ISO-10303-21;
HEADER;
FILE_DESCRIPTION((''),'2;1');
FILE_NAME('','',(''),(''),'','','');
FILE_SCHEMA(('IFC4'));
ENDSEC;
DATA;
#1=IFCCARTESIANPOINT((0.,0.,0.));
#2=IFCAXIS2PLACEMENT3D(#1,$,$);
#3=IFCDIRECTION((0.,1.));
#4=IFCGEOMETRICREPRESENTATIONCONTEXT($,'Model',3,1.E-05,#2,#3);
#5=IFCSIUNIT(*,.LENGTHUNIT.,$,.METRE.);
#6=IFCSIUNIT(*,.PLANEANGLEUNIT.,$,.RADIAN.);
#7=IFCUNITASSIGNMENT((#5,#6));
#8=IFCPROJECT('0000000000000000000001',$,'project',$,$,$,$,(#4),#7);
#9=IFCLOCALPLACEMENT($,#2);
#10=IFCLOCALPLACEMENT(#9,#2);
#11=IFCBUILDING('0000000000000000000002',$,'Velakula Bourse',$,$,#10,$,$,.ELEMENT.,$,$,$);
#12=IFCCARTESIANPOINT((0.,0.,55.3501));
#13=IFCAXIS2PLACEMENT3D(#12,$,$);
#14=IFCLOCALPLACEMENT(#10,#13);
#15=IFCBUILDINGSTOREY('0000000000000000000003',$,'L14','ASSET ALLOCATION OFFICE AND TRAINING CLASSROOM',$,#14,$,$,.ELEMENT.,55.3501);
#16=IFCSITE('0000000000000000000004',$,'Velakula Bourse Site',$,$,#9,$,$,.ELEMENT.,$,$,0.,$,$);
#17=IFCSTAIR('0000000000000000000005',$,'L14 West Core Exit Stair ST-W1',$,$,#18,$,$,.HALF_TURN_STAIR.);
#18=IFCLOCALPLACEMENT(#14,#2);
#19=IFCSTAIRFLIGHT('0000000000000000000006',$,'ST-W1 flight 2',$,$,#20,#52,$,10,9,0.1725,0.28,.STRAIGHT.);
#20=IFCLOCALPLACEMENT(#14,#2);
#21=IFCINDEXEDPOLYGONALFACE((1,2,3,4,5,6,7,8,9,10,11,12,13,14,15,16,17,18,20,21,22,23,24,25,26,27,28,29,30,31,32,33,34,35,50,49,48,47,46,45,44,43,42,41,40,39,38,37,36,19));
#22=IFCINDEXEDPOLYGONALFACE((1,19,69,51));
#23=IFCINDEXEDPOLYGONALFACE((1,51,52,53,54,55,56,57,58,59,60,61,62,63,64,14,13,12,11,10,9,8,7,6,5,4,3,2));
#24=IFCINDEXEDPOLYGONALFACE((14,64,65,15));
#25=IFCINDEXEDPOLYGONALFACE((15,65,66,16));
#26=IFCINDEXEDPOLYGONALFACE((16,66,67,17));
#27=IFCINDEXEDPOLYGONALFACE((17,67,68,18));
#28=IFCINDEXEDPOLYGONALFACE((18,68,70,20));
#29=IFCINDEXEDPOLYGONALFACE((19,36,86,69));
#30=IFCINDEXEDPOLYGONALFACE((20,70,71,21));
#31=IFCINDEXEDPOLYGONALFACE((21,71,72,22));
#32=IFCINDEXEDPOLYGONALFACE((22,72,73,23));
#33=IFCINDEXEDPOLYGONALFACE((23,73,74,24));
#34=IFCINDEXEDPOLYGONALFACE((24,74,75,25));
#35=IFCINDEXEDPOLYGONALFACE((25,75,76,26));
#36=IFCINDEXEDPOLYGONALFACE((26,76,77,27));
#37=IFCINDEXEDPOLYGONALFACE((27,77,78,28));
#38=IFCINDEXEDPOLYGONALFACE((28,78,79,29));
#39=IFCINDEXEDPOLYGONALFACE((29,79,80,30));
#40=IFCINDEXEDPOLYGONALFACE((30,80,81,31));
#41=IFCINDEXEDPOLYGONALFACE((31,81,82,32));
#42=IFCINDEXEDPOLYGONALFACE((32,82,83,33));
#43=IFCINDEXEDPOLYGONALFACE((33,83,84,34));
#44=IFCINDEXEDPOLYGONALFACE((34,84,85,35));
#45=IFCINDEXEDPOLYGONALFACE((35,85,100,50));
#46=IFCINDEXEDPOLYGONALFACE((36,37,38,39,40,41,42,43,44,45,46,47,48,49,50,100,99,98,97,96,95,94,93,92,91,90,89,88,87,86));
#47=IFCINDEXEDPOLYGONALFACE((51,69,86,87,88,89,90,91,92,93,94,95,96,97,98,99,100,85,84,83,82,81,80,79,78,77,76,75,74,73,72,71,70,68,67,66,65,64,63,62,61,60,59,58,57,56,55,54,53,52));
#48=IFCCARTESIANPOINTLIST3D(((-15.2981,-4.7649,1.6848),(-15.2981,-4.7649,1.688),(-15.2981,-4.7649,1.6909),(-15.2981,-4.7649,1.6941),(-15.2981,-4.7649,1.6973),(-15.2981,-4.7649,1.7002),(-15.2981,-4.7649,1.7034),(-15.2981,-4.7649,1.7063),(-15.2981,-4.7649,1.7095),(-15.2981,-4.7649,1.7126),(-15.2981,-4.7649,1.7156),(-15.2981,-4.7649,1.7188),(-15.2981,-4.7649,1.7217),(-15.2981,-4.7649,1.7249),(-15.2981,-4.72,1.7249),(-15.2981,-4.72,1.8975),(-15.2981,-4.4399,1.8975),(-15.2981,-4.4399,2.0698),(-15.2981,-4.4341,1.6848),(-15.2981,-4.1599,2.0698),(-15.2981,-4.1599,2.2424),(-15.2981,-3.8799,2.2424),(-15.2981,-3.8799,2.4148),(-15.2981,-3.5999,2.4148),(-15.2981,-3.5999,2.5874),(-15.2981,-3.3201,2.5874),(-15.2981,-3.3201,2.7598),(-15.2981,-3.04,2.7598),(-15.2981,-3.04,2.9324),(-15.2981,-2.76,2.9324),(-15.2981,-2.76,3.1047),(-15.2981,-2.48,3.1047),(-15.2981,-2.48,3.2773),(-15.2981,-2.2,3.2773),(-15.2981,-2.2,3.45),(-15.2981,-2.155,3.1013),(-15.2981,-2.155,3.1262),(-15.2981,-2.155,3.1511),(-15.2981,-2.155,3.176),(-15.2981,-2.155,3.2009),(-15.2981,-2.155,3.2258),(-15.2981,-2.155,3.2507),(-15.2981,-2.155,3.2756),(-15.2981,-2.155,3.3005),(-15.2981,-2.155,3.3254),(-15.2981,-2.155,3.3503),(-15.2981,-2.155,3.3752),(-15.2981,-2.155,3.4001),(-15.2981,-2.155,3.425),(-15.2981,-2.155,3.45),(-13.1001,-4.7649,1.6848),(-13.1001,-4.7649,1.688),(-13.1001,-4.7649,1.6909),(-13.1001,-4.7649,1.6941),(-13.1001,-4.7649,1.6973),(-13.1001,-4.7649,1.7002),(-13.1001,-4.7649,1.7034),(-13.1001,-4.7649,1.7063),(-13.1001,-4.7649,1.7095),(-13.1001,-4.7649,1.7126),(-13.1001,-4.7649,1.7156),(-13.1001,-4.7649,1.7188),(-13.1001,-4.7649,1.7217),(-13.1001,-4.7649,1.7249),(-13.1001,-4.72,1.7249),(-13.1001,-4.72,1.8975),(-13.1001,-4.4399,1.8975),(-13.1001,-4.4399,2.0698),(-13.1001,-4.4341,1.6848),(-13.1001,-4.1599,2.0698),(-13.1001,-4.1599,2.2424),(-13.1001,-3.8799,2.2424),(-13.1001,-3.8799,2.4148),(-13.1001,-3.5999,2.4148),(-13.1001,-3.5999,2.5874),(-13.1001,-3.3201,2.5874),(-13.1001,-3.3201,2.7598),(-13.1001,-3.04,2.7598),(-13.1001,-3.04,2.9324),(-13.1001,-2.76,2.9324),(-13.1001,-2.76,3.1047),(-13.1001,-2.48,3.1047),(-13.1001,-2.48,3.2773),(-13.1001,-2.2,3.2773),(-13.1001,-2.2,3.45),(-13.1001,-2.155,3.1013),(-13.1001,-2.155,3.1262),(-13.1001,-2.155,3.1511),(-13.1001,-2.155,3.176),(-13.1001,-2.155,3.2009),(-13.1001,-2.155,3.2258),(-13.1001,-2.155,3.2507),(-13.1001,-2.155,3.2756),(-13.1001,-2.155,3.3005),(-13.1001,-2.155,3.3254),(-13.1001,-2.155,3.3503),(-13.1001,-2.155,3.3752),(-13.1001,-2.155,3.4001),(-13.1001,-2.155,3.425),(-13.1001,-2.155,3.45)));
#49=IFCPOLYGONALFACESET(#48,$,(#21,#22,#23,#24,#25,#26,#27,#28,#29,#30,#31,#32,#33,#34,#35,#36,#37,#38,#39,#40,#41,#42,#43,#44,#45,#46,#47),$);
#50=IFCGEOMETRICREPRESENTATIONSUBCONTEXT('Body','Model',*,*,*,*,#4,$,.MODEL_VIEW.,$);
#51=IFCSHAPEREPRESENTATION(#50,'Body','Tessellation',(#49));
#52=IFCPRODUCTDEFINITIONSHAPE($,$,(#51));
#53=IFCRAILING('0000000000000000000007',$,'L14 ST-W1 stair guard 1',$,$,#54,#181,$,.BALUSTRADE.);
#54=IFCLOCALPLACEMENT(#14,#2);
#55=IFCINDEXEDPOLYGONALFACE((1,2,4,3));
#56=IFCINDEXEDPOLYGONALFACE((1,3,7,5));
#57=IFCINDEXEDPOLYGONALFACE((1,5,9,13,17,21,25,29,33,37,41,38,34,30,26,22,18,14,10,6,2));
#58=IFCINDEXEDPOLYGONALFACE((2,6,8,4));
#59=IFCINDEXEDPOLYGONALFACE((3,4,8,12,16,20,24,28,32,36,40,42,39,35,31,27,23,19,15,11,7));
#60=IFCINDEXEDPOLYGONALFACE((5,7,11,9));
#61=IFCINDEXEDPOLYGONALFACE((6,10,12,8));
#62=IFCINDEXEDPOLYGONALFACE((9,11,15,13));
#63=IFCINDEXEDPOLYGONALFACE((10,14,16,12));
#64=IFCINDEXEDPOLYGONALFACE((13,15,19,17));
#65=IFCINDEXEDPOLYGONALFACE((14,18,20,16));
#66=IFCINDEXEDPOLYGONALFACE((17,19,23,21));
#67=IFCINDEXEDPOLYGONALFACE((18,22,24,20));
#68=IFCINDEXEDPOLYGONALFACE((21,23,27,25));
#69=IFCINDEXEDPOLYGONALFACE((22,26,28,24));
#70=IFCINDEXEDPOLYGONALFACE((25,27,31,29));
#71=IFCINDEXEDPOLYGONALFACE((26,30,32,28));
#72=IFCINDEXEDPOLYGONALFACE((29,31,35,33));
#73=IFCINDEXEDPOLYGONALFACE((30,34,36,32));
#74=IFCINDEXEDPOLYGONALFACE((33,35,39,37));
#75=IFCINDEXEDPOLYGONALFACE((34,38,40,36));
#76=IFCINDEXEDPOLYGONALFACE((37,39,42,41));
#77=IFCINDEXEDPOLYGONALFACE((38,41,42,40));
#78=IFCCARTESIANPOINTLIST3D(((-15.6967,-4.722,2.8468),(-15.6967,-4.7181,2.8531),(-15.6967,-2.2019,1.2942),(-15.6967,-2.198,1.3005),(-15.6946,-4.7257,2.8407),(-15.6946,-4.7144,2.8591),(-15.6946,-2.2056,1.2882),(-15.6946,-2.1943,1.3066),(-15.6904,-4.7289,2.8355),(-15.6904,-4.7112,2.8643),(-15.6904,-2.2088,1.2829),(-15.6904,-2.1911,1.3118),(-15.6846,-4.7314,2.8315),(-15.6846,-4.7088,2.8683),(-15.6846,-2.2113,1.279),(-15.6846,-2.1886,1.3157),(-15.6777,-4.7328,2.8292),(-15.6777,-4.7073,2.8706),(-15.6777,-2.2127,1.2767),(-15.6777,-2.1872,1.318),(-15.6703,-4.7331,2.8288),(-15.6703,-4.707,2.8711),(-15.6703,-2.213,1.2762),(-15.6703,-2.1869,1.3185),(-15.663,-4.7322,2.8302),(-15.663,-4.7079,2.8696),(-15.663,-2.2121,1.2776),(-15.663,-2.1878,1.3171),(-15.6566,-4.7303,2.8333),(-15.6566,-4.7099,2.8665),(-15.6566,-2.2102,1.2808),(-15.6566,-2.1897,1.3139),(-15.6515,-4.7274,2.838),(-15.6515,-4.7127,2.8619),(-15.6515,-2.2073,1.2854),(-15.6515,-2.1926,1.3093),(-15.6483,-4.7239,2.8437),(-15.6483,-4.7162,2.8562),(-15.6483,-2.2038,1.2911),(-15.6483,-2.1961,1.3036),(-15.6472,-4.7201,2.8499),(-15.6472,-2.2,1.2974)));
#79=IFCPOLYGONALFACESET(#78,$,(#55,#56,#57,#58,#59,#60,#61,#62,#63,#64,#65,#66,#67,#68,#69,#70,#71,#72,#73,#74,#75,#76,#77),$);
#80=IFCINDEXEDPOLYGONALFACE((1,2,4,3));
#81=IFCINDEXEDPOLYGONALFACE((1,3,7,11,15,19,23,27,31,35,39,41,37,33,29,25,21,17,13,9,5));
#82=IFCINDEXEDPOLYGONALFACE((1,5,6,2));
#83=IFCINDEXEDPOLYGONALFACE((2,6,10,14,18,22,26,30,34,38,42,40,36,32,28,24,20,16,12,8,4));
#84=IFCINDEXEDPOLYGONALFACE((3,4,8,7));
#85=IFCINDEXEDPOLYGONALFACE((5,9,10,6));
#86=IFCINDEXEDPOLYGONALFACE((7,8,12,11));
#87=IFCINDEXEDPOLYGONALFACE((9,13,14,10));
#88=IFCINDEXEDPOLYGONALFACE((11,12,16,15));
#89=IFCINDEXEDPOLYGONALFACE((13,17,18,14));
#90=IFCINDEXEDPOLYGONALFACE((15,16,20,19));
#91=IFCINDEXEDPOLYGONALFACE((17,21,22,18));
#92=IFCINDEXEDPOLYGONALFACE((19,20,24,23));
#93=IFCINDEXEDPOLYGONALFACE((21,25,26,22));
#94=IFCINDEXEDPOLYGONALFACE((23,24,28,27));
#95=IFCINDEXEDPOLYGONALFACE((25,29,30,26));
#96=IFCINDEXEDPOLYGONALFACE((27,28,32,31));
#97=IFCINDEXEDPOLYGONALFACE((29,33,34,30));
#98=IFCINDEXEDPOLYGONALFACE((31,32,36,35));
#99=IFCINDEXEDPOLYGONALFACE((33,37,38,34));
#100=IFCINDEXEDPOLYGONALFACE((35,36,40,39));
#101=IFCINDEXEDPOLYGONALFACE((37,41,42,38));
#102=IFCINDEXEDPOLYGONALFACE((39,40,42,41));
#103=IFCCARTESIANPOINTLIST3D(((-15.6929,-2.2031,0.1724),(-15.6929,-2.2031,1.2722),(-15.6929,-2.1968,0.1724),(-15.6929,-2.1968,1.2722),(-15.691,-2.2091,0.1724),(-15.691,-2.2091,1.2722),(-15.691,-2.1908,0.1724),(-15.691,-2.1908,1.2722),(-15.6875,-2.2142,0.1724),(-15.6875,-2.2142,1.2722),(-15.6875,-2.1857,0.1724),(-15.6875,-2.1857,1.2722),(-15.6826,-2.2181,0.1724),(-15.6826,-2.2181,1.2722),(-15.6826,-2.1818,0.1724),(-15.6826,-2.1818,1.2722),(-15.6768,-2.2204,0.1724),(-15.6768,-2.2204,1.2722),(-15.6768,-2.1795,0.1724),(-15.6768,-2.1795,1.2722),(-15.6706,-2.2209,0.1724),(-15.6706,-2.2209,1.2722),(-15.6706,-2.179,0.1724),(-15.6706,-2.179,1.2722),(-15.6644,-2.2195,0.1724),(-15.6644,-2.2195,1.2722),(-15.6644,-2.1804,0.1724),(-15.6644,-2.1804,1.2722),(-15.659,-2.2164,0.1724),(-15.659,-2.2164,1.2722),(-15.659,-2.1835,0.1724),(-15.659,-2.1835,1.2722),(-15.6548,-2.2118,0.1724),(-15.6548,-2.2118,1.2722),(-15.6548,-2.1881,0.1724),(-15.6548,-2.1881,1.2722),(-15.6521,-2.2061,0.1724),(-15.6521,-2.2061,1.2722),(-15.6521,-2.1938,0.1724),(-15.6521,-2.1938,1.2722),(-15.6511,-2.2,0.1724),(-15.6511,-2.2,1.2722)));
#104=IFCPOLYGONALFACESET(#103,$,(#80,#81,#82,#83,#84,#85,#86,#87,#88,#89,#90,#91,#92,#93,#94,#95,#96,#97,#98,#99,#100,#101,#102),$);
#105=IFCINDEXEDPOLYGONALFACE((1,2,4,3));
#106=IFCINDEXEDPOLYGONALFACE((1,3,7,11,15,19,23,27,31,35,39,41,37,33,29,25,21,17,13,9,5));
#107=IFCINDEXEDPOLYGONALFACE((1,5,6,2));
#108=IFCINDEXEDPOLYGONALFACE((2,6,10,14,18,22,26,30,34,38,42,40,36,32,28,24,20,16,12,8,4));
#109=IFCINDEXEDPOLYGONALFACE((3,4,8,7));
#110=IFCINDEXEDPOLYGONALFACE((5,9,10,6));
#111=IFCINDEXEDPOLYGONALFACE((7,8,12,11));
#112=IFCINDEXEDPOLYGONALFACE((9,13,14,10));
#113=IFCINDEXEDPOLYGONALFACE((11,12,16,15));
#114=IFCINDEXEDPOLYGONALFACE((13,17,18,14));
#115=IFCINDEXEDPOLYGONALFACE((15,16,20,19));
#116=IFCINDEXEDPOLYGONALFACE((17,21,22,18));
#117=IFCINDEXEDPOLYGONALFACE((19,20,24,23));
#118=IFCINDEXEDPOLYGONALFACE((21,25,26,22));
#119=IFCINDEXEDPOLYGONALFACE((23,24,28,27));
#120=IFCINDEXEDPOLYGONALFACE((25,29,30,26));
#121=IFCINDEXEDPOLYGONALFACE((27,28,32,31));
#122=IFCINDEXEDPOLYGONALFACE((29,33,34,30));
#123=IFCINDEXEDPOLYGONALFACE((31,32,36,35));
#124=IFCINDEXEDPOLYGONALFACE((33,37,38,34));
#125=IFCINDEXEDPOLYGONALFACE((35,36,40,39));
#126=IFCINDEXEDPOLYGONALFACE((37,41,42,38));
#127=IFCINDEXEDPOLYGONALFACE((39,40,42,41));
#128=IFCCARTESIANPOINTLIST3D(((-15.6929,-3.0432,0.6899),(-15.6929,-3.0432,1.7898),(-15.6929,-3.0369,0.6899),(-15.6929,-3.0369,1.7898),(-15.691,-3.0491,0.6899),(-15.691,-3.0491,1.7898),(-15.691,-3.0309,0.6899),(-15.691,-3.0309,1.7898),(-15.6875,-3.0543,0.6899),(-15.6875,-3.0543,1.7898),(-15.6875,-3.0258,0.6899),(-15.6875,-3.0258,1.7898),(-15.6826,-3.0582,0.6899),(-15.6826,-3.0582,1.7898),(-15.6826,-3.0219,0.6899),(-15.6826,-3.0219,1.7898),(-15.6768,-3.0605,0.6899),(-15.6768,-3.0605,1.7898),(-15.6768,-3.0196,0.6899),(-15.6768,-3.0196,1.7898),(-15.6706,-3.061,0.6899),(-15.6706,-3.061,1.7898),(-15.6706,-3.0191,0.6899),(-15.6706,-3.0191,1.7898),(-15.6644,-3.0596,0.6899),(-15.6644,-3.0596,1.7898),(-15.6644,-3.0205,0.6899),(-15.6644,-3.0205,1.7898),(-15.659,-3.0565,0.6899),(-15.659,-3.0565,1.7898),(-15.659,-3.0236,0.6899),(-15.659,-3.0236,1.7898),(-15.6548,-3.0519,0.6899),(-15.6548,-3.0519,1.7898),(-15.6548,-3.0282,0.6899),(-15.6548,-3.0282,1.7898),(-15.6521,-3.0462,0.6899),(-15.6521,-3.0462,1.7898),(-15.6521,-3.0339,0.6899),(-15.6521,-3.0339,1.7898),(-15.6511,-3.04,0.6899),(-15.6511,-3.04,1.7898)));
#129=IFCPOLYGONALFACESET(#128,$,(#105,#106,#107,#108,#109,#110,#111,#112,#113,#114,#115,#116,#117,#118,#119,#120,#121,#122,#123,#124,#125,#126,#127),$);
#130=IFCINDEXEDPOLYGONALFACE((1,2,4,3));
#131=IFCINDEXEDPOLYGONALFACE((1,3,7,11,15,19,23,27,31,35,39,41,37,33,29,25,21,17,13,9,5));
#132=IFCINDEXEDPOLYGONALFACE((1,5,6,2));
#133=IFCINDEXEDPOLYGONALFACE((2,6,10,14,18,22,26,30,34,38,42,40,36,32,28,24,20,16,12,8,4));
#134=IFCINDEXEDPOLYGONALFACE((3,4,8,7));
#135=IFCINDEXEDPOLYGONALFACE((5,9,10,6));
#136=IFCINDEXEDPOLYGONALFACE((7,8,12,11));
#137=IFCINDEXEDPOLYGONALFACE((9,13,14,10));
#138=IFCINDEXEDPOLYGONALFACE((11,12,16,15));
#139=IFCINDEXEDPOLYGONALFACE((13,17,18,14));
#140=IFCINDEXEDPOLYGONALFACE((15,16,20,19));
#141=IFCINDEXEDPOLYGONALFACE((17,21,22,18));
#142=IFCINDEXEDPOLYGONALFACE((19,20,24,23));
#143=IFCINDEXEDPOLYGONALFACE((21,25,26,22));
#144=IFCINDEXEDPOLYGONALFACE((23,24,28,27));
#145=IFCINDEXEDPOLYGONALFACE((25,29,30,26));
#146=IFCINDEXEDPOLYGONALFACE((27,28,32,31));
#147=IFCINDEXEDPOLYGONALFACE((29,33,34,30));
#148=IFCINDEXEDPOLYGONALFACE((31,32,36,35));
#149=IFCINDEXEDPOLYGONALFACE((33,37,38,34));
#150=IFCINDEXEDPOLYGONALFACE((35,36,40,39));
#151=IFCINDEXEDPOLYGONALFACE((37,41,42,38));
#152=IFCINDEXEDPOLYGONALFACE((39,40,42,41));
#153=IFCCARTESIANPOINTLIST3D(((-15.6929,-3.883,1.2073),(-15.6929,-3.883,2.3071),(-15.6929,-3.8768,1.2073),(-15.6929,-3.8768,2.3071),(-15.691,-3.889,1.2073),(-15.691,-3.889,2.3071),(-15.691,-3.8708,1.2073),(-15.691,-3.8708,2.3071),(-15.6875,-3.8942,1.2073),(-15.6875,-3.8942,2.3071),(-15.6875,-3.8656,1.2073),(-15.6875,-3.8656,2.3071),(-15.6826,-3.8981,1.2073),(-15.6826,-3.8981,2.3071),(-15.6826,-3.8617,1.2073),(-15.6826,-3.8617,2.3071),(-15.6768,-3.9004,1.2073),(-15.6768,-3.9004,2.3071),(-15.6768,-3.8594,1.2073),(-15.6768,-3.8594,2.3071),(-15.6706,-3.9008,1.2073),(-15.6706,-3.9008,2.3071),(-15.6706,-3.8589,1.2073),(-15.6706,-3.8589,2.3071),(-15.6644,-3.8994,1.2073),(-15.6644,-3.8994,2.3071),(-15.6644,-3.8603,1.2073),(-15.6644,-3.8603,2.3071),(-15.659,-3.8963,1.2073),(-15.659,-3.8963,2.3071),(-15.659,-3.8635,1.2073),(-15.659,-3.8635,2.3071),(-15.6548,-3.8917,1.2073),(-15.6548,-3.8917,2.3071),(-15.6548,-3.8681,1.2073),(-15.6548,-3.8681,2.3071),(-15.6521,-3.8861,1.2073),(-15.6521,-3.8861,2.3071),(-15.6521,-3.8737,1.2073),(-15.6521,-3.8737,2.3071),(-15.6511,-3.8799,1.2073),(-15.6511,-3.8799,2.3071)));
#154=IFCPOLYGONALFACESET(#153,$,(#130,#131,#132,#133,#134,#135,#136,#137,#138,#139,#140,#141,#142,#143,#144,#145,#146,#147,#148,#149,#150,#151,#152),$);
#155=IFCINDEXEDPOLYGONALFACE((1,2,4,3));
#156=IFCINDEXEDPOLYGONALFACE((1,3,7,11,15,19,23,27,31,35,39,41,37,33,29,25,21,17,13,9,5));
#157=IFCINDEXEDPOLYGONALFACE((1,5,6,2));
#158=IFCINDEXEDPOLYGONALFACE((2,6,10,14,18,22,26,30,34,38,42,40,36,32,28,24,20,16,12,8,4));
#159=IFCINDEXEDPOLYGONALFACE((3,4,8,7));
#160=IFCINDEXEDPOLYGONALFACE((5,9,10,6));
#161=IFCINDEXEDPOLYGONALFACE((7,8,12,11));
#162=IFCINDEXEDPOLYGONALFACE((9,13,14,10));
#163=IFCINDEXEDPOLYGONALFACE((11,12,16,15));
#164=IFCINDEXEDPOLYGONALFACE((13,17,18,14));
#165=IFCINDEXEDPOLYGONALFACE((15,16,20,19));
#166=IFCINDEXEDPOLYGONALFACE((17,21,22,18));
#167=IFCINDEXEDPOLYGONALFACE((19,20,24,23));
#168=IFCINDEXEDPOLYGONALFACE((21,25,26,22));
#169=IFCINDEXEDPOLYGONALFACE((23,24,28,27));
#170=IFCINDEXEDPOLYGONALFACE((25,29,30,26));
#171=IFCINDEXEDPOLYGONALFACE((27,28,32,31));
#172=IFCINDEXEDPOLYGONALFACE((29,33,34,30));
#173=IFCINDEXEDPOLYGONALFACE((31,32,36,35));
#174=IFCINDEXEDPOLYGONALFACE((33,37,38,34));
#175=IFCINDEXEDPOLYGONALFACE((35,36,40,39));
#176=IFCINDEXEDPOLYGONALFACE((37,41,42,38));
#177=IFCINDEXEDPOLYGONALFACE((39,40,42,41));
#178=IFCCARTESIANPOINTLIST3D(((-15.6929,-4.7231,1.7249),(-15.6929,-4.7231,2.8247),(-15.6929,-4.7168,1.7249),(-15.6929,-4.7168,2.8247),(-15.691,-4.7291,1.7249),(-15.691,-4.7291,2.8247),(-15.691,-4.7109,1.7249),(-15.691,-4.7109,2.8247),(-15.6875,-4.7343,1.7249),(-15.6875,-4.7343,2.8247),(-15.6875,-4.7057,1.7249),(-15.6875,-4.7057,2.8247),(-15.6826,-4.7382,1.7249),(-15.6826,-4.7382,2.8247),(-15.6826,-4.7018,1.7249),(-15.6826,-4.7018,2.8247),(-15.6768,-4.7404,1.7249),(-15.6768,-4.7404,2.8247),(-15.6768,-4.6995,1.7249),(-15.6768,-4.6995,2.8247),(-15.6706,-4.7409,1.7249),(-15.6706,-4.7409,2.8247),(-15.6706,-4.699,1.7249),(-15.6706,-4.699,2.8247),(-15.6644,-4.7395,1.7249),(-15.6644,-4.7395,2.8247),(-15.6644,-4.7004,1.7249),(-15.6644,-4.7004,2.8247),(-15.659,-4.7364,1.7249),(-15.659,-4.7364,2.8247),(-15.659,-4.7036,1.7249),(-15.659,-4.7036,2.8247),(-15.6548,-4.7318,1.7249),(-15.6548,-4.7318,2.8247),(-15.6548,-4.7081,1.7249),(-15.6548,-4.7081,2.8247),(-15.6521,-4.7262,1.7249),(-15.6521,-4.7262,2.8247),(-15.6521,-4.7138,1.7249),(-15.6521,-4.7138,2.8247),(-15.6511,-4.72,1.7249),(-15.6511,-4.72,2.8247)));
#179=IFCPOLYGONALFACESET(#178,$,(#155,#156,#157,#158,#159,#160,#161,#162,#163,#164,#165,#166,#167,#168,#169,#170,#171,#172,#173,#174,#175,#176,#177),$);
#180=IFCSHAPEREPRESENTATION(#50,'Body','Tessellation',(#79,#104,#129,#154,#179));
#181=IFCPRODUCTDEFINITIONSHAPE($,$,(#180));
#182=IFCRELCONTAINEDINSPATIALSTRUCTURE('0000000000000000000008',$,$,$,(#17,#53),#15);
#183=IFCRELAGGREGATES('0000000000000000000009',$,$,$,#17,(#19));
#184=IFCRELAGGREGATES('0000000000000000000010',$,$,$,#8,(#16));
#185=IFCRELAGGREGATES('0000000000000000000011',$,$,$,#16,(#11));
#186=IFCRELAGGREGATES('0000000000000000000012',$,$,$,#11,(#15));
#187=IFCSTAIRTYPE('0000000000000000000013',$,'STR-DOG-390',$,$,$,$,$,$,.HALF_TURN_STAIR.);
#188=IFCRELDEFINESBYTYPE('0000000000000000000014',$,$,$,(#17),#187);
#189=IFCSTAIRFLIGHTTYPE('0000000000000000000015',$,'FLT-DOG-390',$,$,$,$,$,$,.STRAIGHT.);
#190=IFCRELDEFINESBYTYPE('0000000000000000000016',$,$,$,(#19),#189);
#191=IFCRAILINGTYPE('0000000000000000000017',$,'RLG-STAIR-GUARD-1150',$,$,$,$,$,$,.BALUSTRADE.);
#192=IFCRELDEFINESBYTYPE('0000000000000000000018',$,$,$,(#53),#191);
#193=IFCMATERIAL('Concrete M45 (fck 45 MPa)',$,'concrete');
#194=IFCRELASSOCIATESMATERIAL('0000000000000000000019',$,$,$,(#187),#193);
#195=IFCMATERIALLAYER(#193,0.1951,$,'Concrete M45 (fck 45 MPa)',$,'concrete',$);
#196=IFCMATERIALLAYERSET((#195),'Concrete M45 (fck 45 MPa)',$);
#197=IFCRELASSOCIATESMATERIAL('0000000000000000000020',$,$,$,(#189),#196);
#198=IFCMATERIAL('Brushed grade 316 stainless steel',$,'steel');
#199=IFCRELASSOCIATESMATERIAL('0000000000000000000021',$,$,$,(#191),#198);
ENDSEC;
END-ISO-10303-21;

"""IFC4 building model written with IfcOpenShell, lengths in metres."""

from ifc_helpers import new_model, si_unit, direction, frame, origin, origin_2d, place, context, subcontext, project, spatial, polyline, circle, outline, extrude, material, layer, layer_set, type_object, element, aggregate, save


model = new_model("IFC4")

# Units and contexts
model_context = context("Model", 3, precision=1e-05, world=origin(), true_north=direction((0.0, 1.0)))
body_context = subcontext(model_context, "Body", "Model", "MODEL_VIEW")
ifc_project = project(units=[si_unit("LENGTHUNIT", "METRE"), si_unit("PLANEANGLEUNIT", "RADIAN")], contexts=[model_context])

# Site, building, storey
site_placement = place(None, origin())
site = spatial("IfcSite", under=ifc_project, at=site_placement, Name="Velakula Bourse Site", CompositionType="ELEMENT", RefElevation=0.0)
building_placement = place(site_placement, origin())
building = spatial("IfcBuilding", under=site, at=building_placement, Name="Velakula Bourse", CompositionType="ELEMENT")
storey_placement = place(building_placement, frame((0.0, 0.0, 55.3501)))
storey = spatial("IfcBuildingStorey", under=building, at=storey_placement, Name="L14", Description="ASSET ALLOCATION OFFICE AND TRAINING CLASSROOM", CompositionType="ELEMENT", Elevation=55.3501)

# Shared definitions
ifc_material_1 = material(Name="Brushed grade 316 stainless steel", Category="steel")

# Stair, stair flight
ifc_material_2 = material(Name="Concrete M45 (fck 45 MPa)", Category="concrete")
stair_type = type_object("IfcStairType", Name="STR-DOG-390", PredefinedType="HALF_TURN_STAIR", material=ifc_material_2)
stair_placement = place(storey_placement, origin())
stair = element("IfcStair", 1, at=stair_placement, inside=storey, type_object=stair_type, Name="L14 West Core Exit Stair ST-W1", PredefinedType="HALF_TURN_STAIR")
ifc_layer_1 = layer(ifc_material_2, 0.1951, Name="Concrete M45 (fck 45 MPa)", Category="concrete")
ifc_layer_set_1 = layer_set([ifc_layer_1], Name="Concrete M45 (fck 45 MPa)")
stair_flight_type = type_object("IfcStairFlightType", Name="FLT-DOG-390", PredefinedType="STRAIGHT", material=ifc_layer_set_1)
stair_flight_1_placement = place(storey_placement, frame((-14.199, -4.72, 1.7249), z_axis=(0.0, 0.0, 1.0), x_axis=(0.0, 1.0, 0.0)))
stair_flight_1 = element("IfcStairFlight", 2, at=stair_flight_1_placement, type_object=stair_flight_type, Name="ST-W1 flight 2", NumberOfRisers=10, NumberOfTreads=9, PredefinedType="STRAIGHT", RiserHeight=0.1725, TreadLength=0.28, context=body_context, shape_type="SweptSolid", body=[
    extrude(outline(polyline([(-0.0449, -0.04), (-0.0449, -0.0369), (-0.0449, -0.0339), (-0.0449, -0.0308), (-0.0449, -0.0276), (-0.0449, -0.0247), (-0.0449, -0.0215), (-0.0449, -0.0186), (-0.0449, -0.0154), (-0.0449, -0.0122), (-0.0449, -0.0093), (-0.0449, -0.0061), (-0.0449, -0.0032), (-0.0449, 0.0), (0.0, 0.0), (0.0, 0.1726), (0.28, 0.1726), (0.28, 0.345), (0.5601, 0.345), (0.5601, 0.5176), (0.8401, 0.5176), (0.8401, 0.6899), (1.1201, 0.6899), (1.1201, 0.8625), (1.3999, 0.8625), (1.3999, 1.0349), (1.6799, 1.0349), (1.6799, 1.2075), (1.96, 1.2075), (1.96, 1.3799), (2.24, 1.3799), (2.24, 1.5525), (2.52, 1.5525), (2.52, 1.7251), (2.5649, 1.7251), (2.5649, 1.7002), (2.5649, 1.6753), (2.5649, 1.6504), (2.5649, 1.6255), (2.5649, 1.6006), (2.5649, 1.5757), (2.5649, 1.5508), (2.5649, 1.5259), (2.5649, 1.501), (2.5649, 1.4761), (2.5649, 1.4512), (2.5649, 1.4263), (2.5649, 1.4014), (2.5649, 1.3765), (0.2859, -0.04), (-0.0449, -0.04)])), frame((0.0, 1.0991, 0.0), z_axis=(0.0, -1.0, 0.0), x_axis=(1.0, 0.0, 0.0)), (0.0, 0.0, 1.0), 2.198),
])
aggregate(stair, [stair_flight_1])

# Railing
railing_type_1 = type_object("IfcRailingType", Name="RLG-STAIR-GUARD-1150", PredefinedType="BALUSTRADE", material=ifc_material_1)
railing_1_placement = place(storey_placement, frame((-15.6721, -2.2, 0.1724)))
element("IfcRailing", 3, at=railing_1_placement, inside=storey, type_object=railing_type_1, Name="L14 ST-W1 stair guard 1", PredefinedType="BALUSTRADE", context=body_context, shape_type="SweptSolid", body=[
    extrude(circle(Radius=0.0249, at=origin_2d()), frame((0.0, 0.0, 1.125), z_axis=(0.0, -0.8514, 0.524516), x_axis=(1.0, 0.0, 0.0)), (0.0, 0.0, 1.0), 2.96),
    extrude(circle(Radius=0.021, at=origin_2d()), origin(), (0.0, 0.0, 1.0), 1.0999),
    extrude(circle(Radius=0.021, at=origin_2d()), frame((0.0, -0.8401, 0.5176)), (0.0, 0.0, 1.0), 1.0999),
    extrude(circle(Radius=0.021, at=origin_2d()), frame((0.0, -1.6799, 1.0349)), (0.0, 0.0, 1.0), 1.0999),
    extrude(circle(Radius=0.021, at=origin_2d()), frame((0.0, -2.52, 1.5525)), (0.0, 0.0, 1.0), 1.0999),
])

save(model, "model.ifc")
